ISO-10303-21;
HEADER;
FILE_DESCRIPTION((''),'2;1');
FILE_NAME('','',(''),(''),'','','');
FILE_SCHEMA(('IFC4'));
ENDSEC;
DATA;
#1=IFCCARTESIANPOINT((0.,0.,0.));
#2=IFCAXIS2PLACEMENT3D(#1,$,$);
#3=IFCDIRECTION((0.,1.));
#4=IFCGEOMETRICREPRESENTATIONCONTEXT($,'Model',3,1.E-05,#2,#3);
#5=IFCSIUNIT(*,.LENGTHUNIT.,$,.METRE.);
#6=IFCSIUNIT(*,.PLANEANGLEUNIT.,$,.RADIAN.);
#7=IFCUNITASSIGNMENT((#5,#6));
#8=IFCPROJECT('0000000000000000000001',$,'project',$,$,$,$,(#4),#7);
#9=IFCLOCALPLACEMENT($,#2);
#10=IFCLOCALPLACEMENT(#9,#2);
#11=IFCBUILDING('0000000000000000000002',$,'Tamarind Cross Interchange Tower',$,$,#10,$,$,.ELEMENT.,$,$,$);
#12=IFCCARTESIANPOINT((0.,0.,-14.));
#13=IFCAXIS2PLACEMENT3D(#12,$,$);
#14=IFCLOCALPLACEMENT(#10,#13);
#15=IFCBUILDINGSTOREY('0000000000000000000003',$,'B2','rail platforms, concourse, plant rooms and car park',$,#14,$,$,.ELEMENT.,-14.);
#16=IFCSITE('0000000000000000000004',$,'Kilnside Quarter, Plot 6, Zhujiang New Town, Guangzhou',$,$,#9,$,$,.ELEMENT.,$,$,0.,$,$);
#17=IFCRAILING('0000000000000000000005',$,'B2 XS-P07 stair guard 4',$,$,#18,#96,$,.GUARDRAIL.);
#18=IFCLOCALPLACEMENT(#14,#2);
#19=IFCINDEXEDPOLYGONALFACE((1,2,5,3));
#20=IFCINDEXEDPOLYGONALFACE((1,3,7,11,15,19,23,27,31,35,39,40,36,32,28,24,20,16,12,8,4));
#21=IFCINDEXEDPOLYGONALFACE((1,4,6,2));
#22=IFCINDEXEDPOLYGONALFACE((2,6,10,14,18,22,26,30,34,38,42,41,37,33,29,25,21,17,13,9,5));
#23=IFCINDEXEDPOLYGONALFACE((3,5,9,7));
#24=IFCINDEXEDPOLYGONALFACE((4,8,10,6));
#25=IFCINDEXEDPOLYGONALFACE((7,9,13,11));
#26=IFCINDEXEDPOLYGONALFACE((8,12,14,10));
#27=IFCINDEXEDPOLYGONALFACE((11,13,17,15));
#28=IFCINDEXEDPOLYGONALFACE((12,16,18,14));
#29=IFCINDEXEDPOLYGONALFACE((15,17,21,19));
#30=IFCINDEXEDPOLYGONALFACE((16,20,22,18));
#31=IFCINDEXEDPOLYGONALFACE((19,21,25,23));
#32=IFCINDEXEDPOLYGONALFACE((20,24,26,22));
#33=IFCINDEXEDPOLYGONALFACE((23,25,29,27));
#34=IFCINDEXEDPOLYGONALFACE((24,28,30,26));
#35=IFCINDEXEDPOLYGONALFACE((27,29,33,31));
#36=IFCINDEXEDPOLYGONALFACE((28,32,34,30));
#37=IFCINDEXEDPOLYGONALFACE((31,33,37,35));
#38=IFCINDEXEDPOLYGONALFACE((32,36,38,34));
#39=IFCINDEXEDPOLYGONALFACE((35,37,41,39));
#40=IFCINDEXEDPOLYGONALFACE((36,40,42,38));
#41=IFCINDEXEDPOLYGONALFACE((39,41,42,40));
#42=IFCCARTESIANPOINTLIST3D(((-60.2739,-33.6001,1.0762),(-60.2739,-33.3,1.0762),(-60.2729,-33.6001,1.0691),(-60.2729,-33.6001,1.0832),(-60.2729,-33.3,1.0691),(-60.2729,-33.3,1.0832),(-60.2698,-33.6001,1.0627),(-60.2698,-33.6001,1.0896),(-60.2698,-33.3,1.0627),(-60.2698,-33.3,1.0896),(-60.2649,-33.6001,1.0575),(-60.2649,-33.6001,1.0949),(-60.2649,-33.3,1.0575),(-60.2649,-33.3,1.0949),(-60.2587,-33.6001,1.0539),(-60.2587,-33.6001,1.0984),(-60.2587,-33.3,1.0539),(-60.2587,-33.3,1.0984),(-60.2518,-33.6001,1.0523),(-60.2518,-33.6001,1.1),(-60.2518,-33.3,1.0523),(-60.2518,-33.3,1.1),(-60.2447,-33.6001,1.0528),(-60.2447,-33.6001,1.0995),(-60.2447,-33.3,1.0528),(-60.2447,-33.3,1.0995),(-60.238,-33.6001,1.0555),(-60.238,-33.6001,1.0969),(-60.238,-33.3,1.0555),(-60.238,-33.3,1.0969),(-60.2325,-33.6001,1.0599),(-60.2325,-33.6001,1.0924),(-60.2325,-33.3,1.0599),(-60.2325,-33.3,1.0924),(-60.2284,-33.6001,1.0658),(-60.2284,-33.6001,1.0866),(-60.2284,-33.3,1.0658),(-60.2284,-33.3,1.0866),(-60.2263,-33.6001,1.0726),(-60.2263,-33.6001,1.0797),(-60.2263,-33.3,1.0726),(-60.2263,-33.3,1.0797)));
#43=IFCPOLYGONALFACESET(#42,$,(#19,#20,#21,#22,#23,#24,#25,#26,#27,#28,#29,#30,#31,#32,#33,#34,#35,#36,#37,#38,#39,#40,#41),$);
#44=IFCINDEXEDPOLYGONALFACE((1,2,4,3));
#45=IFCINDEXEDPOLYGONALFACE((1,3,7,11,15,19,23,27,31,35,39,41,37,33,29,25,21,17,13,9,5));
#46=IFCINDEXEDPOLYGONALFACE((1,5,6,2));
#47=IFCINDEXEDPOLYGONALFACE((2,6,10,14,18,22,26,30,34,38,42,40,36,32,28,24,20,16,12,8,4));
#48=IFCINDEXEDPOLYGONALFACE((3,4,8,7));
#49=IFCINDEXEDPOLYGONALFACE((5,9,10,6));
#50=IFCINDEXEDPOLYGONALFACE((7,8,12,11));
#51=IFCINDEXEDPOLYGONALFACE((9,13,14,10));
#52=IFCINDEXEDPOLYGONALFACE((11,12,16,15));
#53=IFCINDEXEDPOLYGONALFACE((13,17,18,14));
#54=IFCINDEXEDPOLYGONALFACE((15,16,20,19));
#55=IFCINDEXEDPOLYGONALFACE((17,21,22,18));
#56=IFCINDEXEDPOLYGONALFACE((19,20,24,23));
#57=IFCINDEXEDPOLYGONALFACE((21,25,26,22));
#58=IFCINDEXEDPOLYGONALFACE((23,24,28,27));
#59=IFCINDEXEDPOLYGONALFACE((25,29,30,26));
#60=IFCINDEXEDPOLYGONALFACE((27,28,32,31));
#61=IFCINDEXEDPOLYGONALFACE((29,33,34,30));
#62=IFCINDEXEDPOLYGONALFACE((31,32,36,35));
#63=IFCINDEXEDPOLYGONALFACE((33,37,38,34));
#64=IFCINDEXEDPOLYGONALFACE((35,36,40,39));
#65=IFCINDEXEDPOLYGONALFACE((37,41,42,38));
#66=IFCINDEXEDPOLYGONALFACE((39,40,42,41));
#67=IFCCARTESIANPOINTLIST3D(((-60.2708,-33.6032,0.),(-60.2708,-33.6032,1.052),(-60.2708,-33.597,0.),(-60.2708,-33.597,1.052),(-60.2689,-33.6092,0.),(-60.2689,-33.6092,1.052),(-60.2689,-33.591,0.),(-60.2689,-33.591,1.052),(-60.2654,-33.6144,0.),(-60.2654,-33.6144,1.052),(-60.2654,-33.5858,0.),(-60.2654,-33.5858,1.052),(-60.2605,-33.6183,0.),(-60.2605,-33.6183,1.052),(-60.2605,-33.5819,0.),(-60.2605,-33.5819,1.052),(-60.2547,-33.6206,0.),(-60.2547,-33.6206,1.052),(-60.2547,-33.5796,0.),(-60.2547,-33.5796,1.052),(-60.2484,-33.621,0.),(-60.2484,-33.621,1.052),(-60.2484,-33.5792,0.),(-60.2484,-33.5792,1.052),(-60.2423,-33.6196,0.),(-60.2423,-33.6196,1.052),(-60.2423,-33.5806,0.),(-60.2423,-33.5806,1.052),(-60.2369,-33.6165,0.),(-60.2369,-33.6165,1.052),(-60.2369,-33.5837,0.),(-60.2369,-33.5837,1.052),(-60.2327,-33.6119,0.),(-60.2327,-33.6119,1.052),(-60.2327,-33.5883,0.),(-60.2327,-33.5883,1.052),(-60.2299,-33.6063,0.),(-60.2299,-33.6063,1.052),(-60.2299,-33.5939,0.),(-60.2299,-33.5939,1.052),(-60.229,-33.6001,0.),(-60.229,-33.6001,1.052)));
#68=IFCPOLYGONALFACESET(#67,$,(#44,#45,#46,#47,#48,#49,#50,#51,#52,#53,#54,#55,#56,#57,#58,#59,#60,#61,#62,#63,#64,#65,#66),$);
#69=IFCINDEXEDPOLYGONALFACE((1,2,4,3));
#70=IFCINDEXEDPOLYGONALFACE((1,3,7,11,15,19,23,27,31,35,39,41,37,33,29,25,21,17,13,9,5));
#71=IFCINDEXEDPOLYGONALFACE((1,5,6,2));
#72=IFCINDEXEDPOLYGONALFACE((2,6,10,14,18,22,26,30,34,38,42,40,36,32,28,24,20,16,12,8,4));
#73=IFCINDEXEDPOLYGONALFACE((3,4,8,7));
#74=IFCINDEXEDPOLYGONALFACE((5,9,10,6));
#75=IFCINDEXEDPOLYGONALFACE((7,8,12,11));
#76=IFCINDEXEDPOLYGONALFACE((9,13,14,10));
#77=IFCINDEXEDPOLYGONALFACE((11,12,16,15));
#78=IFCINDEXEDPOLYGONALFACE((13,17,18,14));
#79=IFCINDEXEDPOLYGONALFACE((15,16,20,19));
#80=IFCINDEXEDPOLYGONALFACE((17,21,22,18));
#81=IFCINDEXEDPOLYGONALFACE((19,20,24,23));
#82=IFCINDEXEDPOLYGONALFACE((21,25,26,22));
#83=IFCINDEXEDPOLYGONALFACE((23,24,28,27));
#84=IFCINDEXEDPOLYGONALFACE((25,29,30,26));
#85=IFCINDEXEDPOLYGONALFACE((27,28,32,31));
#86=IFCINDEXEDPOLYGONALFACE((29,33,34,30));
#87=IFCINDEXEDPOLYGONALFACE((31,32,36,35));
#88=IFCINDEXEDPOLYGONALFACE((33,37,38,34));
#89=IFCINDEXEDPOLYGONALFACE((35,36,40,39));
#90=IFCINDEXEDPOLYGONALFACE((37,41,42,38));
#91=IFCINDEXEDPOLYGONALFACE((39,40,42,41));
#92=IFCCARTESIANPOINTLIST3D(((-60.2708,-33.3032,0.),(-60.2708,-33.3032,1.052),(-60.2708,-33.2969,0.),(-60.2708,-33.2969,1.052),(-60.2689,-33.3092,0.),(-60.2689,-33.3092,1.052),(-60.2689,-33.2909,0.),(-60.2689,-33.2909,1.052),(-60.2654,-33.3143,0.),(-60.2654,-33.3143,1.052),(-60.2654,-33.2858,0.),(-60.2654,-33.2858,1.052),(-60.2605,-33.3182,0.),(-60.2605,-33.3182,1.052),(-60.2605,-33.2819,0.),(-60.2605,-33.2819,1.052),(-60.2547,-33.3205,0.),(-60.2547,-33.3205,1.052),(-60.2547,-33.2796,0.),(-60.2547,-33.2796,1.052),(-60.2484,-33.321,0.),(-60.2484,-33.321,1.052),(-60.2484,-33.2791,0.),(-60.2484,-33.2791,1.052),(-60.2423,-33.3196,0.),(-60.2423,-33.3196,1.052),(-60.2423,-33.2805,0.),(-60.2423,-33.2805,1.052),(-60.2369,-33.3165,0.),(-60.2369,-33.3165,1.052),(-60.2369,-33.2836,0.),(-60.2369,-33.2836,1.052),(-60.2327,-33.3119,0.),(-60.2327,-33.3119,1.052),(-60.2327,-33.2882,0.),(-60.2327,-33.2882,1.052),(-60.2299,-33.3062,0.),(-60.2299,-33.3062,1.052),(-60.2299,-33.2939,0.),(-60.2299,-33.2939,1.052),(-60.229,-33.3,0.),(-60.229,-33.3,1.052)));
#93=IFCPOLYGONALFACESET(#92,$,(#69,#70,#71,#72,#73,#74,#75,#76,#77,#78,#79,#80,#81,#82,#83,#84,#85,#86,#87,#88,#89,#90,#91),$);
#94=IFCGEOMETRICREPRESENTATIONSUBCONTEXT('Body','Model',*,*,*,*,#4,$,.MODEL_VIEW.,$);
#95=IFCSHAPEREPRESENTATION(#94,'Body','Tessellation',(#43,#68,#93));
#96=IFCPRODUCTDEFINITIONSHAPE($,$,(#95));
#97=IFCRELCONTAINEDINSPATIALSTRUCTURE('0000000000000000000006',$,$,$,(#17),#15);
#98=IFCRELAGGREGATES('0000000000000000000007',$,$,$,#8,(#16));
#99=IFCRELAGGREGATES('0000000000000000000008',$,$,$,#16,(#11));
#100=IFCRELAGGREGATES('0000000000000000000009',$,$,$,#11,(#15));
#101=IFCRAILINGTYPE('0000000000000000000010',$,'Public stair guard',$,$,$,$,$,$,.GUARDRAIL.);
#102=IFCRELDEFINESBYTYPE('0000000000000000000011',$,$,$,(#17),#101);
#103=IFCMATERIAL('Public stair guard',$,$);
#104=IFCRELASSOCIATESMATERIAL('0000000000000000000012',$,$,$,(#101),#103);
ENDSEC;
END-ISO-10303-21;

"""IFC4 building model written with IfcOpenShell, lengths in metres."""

from ifc_helpers import new_model, si_unit, direction, frame, origin, origin_2d, place, context, subcontext, project, spatial, circle, extrude, material, type_object, element, save


model = new_model("IFC4")

# Units and contexts
model_context = context("Model", 3, precision=1e-05, world=origin(), true_north=direction((0.0, 1.0)))
body_context = subcontext(model_context, "Body", "Model", "MODEL_VIEW")
ifc_project = project(units=[si_unit("LENGTHUNIT", "METRE"), si_unit("PLANEANGLEUNIT", "RADIAN")], contexts=[model_context])

# Site, building, storey
site_placement = place(None, origin())
site = spatial("IfcSite", under=ifc_project, at=site_placement, Name="Kilnside Quarter, Plot 6, Zhujiang New Town, Guangzhou", CompositionType="ELEMENT", RefElevation=0.0)
building_placement = place(site_placement, origin())
building = spatial("IfcBuilding", under=site, at=building_placement, Name="Tamarind Cross Interchange Tower", CompositionType="ELEMENT")
storey_placement = place(building_placement, frame((0.0, 0.0, -14.0)))
storey = spatial("IfcBuildingStorey", under=building, at=storey_placement, Name="B2", Description="rail platforms, concourse, plant rooms and car park", CompositionType="ELEMENT", Elevation=-14.0)

# Railing
ifc_material_1 = material(Name="Public stair guard")
railing_type_1 = type_object("IfcRailingType", Name="Public stair guard", PredefinedType="GUARDRAIL", material=ifc_material_1)
railing_1_placement = place(storey_placement, frame((-60.25, -33.6001, 0.0)))
element("IfcRailing", 1, at=railing_1_placement, inside=storey, type_object=railing_type_1, Name="B2 XS-P07 stair guard 4", PredefinedType="GUARDRAIL", context=body_context, shape_type="SweptSolid", body=[
    extrude(circle(Radius=0.0239, at=origin_2d()), frame((0.0, 0.0, 1.0762), z_axis=(0.0, 1.0, 0.0), x_axis=(-1.0, 0.0, 0.0)), (0.0, 0.0, 1.0), 0.3),
    extrude(circle(Radius=0.021, at=origin_2d()), origin(), (0.0, 0.0, 1.0), 1.052),
    extrude(circle(Radius=0.021, at=origin_2d()), frame((0.0, 0.3, 0.0)), (0.0, 0.0, 1.0), 1.052),
])

save(model, "model.ifc")
